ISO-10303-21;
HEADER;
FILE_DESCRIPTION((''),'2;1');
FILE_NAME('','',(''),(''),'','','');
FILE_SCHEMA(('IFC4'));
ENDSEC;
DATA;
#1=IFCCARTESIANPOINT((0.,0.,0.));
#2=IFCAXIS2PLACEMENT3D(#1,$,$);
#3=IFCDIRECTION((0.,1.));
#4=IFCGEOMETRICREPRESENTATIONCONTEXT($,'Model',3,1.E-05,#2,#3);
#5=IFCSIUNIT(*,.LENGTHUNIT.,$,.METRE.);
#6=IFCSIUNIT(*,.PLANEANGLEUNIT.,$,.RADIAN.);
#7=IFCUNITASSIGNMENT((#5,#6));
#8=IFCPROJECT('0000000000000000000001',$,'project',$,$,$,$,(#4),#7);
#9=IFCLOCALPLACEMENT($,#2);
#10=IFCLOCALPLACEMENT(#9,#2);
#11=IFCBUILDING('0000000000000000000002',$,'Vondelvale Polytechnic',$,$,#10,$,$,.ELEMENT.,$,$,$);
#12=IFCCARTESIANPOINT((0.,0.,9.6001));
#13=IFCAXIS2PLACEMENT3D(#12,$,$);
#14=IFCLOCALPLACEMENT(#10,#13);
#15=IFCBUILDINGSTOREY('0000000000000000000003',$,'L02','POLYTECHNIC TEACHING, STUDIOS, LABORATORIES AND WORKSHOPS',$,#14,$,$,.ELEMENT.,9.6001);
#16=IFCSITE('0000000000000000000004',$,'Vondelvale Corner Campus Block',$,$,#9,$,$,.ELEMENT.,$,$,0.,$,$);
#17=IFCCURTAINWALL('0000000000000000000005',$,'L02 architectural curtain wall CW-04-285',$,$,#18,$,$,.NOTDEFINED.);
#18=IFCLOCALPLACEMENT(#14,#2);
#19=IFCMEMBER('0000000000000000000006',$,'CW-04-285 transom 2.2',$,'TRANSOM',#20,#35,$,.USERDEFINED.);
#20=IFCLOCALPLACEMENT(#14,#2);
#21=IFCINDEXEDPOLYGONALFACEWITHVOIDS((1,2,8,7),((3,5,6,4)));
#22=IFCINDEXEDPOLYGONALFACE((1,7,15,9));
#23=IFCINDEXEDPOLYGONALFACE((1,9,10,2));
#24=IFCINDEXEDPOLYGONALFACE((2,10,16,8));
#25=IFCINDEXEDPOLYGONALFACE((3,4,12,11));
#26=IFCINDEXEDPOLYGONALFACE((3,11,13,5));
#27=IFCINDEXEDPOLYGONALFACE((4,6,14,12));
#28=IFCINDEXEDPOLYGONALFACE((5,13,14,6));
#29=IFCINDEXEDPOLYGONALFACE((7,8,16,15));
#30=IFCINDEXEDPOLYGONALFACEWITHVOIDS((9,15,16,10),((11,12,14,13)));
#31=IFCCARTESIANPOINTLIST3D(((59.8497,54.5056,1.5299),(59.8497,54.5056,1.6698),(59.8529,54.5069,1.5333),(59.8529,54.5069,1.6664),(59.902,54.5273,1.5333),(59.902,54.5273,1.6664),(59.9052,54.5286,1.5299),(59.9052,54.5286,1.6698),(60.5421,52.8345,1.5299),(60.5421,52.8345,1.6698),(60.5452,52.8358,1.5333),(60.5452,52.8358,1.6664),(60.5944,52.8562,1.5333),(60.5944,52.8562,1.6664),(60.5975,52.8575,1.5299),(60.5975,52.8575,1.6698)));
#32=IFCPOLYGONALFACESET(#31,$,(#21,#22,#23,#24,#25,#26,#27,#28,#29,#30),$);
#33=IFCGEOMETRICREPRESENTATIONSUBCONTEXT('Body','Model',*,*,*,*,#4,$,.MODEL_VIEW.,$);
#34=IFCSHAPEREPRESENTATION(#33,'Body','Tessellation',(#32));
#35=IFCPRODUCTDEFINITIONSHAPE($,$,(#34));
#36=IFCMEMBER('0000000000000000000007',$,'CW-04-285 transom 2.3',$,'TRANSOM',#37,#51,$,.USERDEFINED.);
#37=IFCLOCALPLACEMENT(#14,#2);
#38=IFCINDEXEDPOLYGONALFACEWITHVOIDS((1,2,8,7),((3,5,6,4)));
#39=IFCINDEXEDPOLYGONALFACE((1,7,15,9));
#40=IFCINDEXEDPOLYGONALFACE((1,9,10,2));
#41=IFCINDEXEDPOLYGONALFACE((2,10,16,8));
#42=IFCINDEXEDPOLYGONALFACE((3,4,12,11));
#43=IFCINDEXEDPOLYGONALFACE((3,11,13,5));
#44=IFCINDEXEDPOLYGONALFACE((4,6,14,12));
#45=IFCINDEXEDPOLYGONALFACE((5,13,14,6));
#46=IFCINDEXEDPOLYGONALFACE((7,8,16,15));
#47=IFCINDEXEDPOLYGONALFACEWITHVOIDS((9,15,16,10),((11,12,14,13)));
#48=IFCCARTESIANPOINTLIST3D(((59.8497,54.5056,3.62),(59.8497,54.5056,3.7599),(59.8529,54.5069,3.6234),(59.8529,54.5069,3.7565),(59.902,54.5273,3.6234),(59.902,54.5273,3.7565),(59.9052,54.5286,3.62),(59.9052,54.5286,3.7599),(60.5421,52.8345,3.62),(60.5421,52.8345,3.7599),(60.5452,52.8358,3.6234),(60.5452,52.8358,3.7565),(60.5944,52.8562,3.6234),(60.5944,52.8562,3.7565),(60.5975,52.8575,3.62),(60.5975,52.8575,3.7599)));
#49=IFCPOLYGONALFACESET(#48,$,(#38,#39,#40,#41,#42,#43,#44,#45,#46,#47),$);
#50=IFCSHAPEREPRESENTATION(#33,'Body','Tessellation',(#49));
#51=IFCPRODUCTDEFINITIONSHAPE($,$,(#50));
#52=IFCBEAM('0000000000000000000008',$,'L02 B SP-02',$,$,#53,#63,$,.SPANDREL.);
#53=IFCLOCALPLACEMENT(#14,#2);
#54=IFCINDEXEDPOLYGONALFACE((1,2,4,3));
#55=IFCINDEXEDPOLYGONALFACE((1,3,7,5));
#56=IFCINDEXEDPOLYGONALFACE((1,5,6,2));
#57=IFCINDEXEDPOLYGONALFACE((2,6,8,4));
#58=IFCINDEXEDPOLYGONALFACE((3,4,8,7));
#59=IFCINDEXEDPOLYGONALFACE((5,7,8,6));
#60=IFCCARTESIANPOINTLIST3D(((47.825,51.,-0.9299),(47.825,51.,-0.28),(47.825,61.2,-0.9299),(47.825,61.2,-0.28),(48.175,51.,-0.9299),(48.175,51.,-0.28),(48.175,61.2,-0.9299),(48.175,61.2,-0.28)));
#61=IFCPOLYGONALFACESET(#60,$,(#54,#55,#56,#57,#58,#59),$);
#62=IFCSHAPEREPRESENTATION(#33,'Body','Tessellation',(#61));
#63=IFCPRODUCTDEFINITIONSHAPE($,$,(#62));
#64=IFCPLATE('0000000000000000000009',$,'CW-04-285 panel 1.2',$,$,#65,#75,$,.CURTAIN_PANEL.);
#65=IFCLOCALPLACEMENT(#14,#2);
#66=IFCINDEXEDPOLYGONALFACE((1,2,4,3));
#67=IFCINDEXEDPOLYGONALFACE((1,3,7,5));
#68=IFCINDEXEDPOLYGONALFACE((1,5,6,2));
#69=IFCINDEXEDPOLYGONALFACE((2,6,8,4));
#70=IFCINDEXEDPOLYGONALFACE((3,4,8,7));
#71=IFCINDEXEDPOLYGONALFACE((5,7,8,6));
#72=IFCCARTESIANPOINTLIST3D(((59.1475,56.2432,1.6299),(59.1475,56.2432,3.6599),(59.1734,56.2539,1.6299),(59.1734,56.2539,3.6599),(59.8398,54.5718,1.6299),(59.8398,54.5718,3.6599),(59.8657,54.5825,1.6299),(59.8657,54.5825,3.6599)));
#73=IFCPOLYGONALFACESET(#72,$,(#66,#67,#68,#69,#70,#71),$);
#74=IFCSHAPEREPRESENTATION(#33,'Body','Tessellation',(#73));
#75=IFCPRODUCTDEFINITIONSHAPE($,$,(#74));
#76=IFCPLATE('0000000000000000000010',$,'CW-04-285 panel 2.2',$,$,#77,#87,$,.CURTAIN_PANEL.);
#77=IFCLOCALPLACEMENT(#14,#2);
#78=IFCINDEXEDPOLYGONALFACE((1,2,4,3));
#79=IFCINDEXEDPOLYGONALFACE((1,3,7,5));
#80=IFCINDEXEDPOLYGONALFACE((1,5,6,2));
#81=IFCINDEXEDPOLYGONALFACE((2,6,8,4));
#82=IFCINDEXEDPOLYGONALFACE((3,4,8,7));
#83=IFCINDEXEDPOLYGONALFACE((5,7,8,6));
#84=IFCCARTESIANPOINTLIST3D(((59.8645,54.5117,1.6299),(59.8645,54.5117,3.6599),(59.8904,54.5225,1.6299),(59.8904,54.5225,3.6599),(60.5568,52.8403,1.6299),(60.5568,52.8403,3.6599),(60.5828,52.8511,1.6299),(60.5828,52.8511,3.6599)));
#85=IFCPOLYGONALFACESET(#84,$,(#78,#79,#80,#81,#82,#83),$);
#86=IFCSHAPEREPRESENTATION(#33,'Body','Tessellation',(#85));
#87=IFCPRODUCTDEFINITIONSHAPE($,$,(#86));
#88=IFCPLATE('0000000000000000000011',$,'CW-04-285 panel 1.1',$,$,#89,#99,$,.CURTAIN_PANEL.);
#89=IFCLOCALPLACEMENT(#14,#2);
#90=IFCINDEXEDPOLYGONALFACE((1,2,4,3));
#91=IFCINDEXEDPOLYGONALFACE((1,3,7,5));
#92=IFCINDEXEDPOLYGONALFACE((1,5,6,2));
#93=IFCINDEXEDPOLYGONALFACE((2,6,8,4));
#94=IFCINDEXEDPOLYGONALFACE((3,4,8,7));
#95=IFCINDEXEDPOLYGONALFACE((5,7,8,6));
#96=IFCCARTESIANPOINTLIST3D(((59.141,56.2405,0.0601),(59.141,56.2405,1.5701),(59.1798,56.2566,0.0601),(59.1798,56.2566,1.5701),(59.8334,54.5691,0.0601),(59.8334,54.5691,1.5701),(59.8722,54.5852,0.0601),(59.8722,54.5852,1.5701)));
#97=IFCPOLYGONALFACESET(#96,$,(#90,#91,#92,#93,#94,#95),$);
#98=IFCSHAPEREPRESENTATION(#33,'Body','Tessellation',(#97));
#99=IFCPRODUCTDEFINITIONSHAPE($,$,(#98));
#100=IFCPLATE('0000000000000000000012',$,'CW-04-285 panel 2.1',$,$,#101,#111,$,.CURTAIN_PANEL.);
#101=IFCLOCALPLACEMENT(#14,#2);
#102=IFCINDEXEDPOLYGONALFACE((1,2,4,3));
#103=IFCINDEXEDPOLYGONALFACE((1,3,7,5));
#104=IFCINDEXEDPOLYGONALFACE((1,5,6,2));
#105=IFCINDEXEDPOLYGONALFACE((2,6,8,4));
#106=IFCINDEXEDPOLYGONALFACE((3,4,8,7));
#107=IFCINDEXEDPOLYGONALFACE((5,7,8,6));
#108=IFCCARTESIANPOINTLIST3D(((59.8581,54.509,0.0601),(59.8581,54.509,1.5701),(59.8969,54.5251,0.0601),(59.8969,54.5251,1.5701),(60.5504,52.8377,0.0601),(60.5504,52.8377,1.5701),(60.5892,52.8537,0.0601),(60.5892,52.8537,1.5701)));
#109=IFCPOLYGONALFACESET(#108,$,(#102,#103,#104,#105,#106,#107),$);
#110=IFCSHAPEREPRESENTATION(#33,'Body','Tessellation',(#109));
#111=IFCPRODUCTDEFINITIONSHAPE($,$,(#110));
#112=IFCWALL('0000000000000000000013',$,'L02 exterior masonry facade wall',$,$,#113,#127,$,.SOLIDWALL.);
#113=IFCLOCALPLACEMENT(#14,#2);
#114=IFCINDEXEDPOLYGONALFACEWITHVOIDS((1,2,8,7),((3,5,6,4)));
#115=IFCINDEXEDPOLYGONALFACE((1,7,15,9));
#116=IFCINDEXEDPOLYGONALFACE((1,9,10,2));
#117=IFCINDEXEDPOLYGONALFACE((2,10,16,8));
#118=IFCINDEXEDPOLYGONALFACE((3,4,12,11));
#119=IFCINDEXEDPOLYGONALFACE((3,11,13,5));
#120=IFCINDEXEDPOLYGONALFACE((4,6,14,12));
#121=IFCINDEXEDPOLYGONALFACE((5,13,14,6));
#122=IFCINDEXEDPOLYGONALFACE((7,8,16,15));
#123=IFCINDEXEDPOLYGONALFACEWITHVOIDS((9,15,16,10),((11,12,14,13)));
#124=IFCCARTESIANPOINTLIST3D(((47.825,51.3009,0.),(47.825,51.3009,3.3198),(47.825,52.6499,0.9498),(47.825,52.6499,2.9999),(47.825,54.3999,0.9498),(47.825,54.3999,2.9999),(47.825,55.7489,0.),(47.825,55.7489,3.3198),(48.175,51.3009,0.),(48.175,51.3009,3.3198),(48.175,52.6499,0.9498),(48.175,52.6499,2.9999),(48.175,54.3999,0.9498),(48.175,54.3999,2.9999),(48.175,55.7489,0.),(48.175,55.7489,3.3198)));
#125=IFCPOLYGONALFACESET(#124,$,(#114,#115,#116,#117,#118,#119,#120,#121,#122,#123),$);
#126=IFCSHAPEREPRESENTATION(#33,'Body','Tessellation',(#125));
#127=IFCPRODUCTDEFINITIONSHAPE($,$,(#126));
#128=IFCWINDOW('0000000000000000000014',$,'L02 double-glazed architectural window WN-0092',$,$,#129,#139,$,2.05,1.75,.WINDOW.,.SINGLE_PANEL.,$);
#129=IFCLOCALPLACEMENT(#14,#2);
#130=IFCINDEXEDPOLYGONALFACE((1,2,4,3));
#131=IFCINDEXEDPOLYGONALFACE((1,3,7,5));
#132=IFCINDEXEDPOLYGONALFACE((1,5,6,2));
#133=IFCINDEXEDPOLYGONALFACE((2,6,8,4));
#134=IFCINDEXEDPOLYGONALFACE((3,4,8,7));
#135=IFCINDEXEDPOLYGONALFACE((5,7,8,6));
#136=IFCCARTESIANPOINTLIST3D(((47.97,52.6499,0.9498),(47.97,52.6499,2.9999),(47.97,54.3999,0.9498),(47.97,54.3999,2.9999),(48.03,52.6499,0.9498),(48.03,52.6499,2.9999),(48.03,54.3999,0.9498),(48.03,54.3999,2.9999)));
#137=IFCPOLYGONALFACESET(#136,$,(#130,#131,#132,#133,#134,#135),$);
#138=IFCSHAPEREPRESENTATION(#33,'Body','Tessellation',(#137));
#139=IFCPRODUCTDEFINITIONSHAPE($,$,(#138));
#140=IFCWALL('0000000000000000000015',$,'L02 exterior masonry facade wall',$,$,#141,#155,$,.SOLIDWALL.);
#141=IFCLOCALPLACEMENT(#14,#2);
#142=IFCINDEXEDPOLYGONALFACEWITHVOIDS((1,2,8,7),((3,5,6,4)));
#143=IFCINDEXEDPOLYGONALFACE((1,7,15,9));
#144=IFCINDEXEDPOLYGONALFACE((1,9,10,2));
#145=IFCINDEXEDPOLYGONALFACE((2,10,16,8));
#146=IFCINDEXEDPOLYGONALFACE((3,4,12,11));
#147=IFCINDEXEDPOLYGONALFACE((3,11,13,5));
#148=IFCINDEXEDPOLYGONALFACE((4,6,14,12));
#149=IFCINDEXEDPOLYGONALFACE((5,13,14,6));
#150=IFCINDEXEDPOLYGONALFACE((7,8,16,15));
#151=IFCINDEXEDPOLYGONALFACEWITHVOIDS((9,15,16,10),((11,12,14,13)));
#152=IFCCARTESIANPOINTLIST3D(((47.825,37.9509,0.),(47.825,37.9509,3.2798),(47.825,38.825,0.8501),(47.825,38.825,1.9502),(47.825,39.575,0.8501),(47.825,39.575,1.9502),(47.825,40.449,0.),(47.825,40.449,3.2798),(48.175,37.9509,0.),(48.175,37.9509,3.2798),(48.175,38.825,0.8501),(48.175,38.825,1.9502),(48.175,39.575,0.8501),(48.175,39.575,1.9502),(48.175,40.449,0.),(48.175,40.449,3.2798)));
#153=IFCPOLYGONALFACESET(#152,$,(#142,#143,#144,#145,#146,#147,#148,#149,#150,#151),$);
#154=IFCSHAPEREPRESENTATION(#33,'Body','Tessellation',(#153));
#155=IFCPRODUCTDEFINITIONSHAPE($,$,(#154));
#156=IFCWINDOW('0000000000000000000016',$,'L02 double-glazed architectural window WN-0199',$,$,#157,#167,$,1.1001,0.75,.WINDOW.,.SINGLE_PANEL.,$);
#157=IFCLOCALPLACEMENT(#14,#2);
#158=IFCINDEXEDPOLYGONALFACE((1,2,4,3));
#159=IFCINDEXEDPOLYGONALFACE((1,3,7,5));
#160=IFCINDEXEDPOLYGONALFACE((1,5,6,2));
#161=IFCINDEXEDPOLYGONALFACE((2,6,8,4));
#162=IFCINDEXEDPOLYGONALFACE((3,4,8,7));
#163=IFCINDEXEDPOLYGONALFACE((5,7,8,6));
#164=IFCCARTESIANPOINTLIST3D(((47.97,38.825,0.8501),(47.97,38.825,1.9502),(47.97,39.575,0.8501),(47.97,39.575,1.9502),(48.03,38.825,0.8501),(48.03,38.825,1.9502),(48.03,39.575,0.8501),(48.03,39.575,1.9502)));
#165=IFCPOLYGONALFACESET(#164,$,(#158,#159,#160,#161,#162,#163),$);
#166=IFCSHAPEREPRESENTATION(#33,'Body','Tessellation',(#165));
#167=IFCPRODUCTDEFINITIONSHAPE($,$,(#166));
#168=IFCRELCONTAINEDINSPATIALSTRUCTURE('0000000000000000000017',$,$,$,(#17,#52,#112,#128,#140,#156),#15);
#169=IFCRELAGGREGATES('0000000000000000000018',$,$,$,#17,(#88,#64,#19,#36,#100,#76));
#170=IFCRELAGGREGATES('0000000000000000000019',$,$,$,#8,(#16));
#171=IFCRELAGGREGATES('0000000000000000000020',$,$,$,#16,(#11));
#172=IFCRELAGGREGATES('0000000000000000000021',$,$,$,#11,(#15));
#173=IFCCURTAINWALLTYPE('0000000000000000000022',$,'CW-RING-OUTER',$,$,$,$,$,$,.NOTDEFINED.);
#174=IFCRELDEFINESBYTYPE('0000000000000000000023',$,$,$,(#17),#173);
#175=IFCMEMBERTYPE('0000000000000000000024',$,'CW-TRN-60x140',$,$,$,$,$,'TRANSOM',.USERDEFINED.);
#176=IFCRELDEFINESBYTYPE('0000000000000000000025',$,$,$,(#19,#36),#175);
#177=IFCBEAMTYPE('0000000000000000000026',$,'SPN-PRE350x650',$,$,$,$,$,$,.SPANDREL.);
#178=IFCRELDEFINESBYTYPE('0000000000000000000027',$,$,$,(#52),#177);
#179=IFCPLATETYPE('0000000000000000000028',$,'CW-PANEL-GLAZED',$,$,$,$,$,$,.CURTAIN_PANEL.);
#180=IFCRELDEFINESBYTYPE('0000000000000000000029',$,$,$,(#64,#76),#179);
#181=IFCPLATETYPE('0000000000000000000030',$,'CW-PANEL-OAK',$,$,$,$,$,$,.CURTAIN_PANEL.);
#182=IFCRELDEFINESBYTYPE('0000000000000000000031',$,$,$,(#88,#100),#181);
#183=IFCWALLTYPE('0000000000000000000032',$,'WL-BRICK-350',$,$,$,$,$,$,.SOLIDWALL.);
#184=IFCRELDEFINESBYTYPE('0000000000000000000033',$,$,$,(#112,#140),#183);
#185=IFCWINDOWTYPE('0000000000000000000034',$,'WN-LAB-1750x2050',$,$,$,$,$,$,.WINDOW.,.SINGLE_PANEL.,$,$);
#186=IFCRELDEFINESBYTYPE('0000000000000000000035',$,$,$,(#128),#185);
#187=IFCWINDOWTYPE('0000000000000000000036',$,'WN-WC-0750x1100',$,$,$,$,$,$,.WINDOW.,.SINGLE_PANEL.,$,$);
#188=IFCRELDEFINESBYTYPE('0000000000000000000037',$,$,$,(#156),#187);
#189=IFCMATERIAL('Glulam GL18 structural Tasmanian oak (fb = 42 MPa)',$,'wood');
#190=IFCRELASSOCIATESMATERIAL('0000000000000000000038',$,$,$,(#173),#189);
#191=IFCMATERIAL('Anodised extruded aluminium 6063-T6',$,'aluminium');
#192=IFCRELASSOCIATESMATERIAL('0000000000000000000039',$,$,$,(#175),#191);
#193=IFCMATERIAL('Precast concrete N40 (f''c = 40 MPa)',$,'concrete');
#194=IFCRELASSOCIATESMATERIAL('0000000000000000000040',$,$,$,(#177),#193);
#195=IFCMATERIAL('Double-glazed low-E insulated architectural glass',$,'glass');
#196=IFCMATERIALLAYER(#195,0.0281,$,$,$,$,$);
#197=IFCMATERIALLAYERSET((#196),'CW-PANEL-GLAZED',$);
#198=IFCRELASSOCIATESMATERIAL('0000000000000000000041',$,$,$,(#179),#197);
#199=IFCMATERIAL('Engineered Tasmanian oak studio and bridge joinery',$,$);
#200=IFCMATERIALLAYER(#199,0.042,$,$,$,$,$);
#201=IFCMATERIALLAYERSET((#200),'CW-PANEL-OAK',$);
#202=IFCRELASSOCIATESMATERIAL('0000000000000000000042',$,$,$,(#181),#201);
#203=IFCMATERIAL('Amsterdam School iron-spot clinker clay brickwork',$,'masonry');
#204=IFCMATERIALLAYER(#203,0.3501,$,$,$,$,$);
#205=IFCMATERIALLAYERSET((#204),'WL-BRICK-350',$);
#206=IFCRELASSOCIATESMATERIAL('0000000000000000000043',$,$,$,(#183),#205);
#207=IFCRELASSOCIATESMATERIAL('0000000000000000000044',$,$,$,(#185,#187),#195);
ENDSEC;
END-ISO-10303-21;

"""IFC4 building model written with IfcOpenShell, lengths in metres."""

from ifc_helpers import new_model, si_unit, direction, frame, frame_2d, origin, origin_2d, place, context, subcontext, project, spatial, rectangle, hollow_rectangle, extrude, material, layer, layer_set, material_profile, profile_set, type_object, element, fill, aggregate, save


model = new_model("IFC4")

# Units and contexts
model_context = context("Model", 3, precision=1e-05, world=origin(), true_north=direction((0.0, 1.0)))
body_context = subcontext(model_context, "Body", "Model", "MODEL_VIEW")
ifc_project = project(units=[si_unit("LENGTHUNIT", "METRE"), si_unit("PLANEANGLEUNIT", "RADIAN")], contexts=[model_context])

# Site, building, storey
site_placement = place(None, origin())
site = spatial("IfcSite", under=ifc_project, at=site_placement, Name="Vondelvale Corner Campus Block", CompositionType="ELEMENT", RefElevation=0.0)
building_placement = place(site_placement, origin())
building = spatial("IfcBuilding", under=site, at=building_placement, Name="Vondelvale Polytechnic", CompositionType="ELEMENT")
storey_placement = place(building_placement, frame((0.0, 0.0, 9.6001)))
storey = spatial("IfcBuildingStorey", under=building, at=storey_placement, Name="L02", Description="POLYTECHNIC TEACHING, STUDIOS, LABORATORIES AND WORKSHOPS", CompositionType="ELEMENT", Elevation=9.6001)

# Shared definitions
ifc_material_1 = material(Name="Glulam GL18 structural Tasmanian oak (fb = 42 MPa)", Category="wood")

# Curtain wall, members
curtain_wall_type = type_object("IfcCurtainWallType", Name="CW-RING-OUTER", PredefinedType="NOTDEFINED", material=ifc_material_1)
curtain_wall_placement = place(storey_placement, origin())
curtain_wall = element("IfcCurtainWall", 1, at=curtain_wall_placement, inside=storey, type_object=curtain_wall_type, Name="L02 architectural curtain wall CW-04-285", PredefinedType="NOTDEFINED")
ifc_material_2 = material(Name="Anodised extruded aluminium 6063-T6", Category="aluminium")
ifc_material_profile_1 = material_profile(ifc_material_2, hollow_rectangle(XDim=0.0601, YDim=0.1399, WallThickness=0.0034, at=origin_2d()), Name="CW-TRN-140x60")
ifc_profile_set_1 = profile_set([ifc_material_profile_1], Name="Anodised extruded aluminium 6063-T6")
member_type_1 = type_object("IfcMemberType", Name="CW-TRN-60x140", ElementType="TRANSOM", PredefinedType="USERDEFINED", material=ifc_profile_set_1)
member_1_placement = place(storey_placement, frame((59.8774, 54.5171, 1.5999), z_axis=(0.382765, -0.923846, 0.0), x_axis=(0.923846, 0.382765, 0.0)))
member_1 = element("IfcMember", 2, at=member_1_placement, type_object=member_type_1, Name="CW-04-285 transom 2.2", ObjectType="TRANSOM", PredefinedType="USERDEFINED", context=body_context, shape_type="SweptSolid", body=[
    extrude(hollow_rectangle(XDim=0.0601, YDim=0.1399, WallThickness=0.0034, at=origin_2d()), origin(), (0.0, 0.0, 1.0), 1.8088),
])
member_2_placement = place(storey_placement, frame((59.8774, 54.5171, 3.6899), z_axis=(0.382765, -0.923846, 0.0), x_axis=(0.923846, 0.382765, 0.0)))
member_2 = element("IfcMember", 3, at=member_2_placement, type_object=member_type_1, Name="CW-04-285 transom 2.3", ObjectType="TRANSOM", PredefinedType="USERDEFINED", context=body_context, shape_type="SweptSolid", body=[
    extrude(hollow_rectangle(XDim=0.0601, YDim=0.1399, WallThickness=0.0034, at=origin_2d()), origin(), (0.0, 0.0, 1.0), 1.8088),
])

# Beam
ifc_material_3 = material(Name="Precast concrete N40 (f'c = 40 MPa)", Category="concrete")
ifc_material_profile_2 = material_profile(ifc_material_3, rectangle(XDim=0.3501, YDim=0.6499, at=origin_2d()), Name="RC-SPN-350x650")
ifc_profile_set_2 = profile_set([ifc_material_profile_2], Name="Precast concrete N40 (f'c = 40 MPa)")
beam_type = type_object("IfcBeamType", Name="SPN-PRE350x650", PredefinedType="SPANDREL", material=ifc_profile_set_2)
beam_placement = place(storey_placement, frame((48.0, 51.0, -0.605), z_axis=(0.0, 1.0, 0.0), x_axis=(-1.0, 0.0, 0.0)))
element("IfcBeam", 4, at=beam_placement, inside=storey, type_object=beam_type, Name="L02 B SP-02", PredefinedType="SPANDREL", context=body_context, shape_type="SweptSolid", body=[
    extrude(rectangle(XDim=0.3501, YDim=0.6499, at=origin_2d()), origin(), (0.0, 0.0, 1.0), 10.2),
])

# Plates
ifc_material_4 = material(Name="Double-glazed low-E insulated architectural glass", Category="glass")
ifc_layer_1 = layer(ifc_material_4, 0.0281)
ifc_layer_set_1 = layer_set([ifc_layer_1], Name="CW-PANEL-GLAZED")
plate_type_1 = type_object("IfcPlateType", Name="CW-PANEL-GLAZED", PredefinedType="CURTAIN_PANEL", material=ifc_layer_set_1)
plate_1_placement = place(storey_placement, frame((59.5066, 55.4128, 1.6299), z_axis=(0.0, 0.0, 1.0), x_axis=(0.382695, -0.923875, 0.0)))
plate_1 = element("IfcPlate", 5, at=plate_1_placement, type_object=plate_type_1, Name="CW-04-285 panel 1.2", PredefinedType="CURTAIN_PANEL", context=body_context, shape_type="SweptSolid", body=[
    extrude(rectangle(XDim=1.8091, YDim=0.0281, at=origin_2d()), origin(), (0.0, 0.0, 1.0), 2.03),
])
plate_2_placement = place(storey_placement, frame((60.2236, 53.6814, 1.6299), z_axis=(0.0, 0.0, 1.0), x_axis=(0.382695, -0.923875, 0.0)))
plate_2 = element("IfcPlate", 6, at=plate_2_placement, type_object=plate_type_1, Name="CW-04-285 panel 2.2", PredefinedType="CURTAIN_PANEL", context=body_context, shape_type="SweptSolid", body=[
    extrude(rectangle(XDim=1.8091, YDim=0.0281, at=origin_2d()), origin(), (0.0, 0.0, 1.0), 2.03),
])
ifc_material_5 = material(Name="Engineered Tasmanian oak studio and bridge joinery")
ifc_layer_2 = layer(ifc_material_5, 0.042)
ifc_layer_set_2 = layer_set([ifc_layer_2], Name="CW-PANEL-OAK")
plate_type_2 = type_object("IfcPlateType", Name="CW-PANEL-OAK", PredefinedType="CURTAIN_PANEL", material=ifc_layer_set_2)
plate_3_placement = place(storey_placement, frame((59.5066, 55.4128, 0.0601), z_axis=(0.0, 0.0, 1.0), x_axis=(0.382695, -0.923875, 0.0)))
plate_3 = element("IfcPlate", 7, at=plate_3_placement, type_object=plate_type_2, Name="CW-04-285 panel 1.1", PredefinedType="CURTAIN_PANEL", context=body_context, shape_type="SweptSolid", body=[
    extrude(rectangle(XDim=1.8091, YDim=0.042, at=origin_2d()), origin(), (0.0, 0.0, 1.0), 1.51),
])
plate_4_placement = place(storey_placement, frame((60.2236, 53.6814, 0.0601), z_axis=(0.0, 0.0, 1.0), x_axis=(0.382695, -0.923875, 0.0)))
plate_4 = element("IfcPlate", 8, at=plate_4_placement, type_object=plate_type_2, Name="CW-04-285 panel 2.1", PredefinedType="CURTAIN_PANEL", context=body_context, shape_type="SweptSolid", body=[
    extrude(rectangle(XDim=1.8091, YDim=0.042, at=origin_2d()), origin(), (0.0, 0.0, 1.0), 1.51),
])
aggregate(curtain_wall, [plate_3, plate_1, member_1, member_2, plate_4, plate_2])

# Walls, openings, windows
ifc_material_6 = material(Name="Amsterdam School iron-spot clinker clay brickwork", Category="masonry")
ifc_layer_3 = layer(ifc_material_6, 0.3501)
ifc_layer_set_3 = layer_set([ifc_layer_3], Name="WL-BRICK-350")
wall_type = type_object("IfcWallType", Name="WL-BRICK-350", PredefinedType="SOLIDWALL", material=ifc_layer_set_3)
wall_1_placement = place(storey_placement, frame((48.0, 55.749, 0.0), z_axis=(0.0, 0.0, 1.0), x_axis=(0.0, -1.0, 0.0)))
wall_1 = element("IfcWall", 9, at=wall_1_placement, inside=storey, type_object=wall_type, Name="L02 exterior masonry facade wall", PredefinedType="SOLIDWALL", context=body_context, shape_type="SweptSolid", body=[
    extrude(rectangle(XDim=4.448, YDim=0.3501, at=frame_2d((2.2241, 0.0))), origin(), (0.0, 0.0, 1.0), 3.3198),
])
opening_1_placement = place(wall_1_placement, frame((1.3491, 0.0, 0.95)))
opening_1 = element("IfcOpeningElement", 10, at=opening_1_placement, cuts=wall_1, PredefinedType="OPENING", context=body_context, shape_type="SweptSolid", body=[
    extrude(rectangle(XDim=1.75, YDim=2.05, at=frame_2d((0.875, 1.0249))), frame((0.0, 0.1851, 0.0), z_axis=(0.0, -1.0, 0.0), x_axis=(1.0, 0.0, 0.0)), (0.0, 0.0, 1.0), 0.3701),
])
window_type_1 = type_object("IfcWindowType", Name="WN-LAB-1750x2050", PartitioningType="SINGLE_PANEL", PredefinedType="WINDOW", material=ifc_material_4)
window_1_placement = place(opening_1_placement, origin())
window_1 = element("IfcWindow", 11, at=window_1_placement, inside=storey, type_object=window_type_1, Name="L02 double-glazed architectural window WN-0092", OverallHeight=2.05, OverallWidth=1.75, PartitioningType="SINGLE_PANEL", PredefinedType="WINDOW", context=body_context, shape_type="SweptSolid", body=[
    extrude(rectangle(XDim=1.75, YDim=2.05, at=frame_2d((0.875, 1.0249))), frame((0.0, 0.03, 0.0), z_axis=(0.0, -1.0, 0.0), x_axis=(1.0, 0.0, 0.0)), (0.0, 0.0, 1.0), 0.0601),
])
fill(opening_1, window_1)
wall_2_placement = place(storey_placement, frame((48.0, 40.449, 0.0), z_axis=(0.0, 0.0, 1.0), x_axis=(0.0, -1.0, 0.0)))
wall_2 = element("IfcWall", 12, at=wall_2_placement, inside=storey, type_object=wall_type, Name="L02 exterior masonry facade wall", PredefinedType="SOLIDWALL", context=body_context, shape_type="SweptSolid", body=[
    extrude(rectangle(XDim=2.498, YDim=0.3501, at=frame_2d((1.249, 0.0))), origin(), (0.0, 0.0, 1.0), 3.2798),
])
opening_2_placement = place(wall_2_placement, frame((0.874, 0.0, 0.8501)))
opening_2 = element("IfcOpeningElement", 13, at=opening_2_placement, cuts=wall_2, PredefinedType="OPENING", context=body_context, shape_type="SweptSolid", body=[
    extrude(rectangle(XDim=0.75, YDim=1.1001, at=frame_2d((0.375, 0.55))), frame((0.0, 0.1851, 0.0), z_axis=(0.0, -1.0, 0.0), x_axis=(1.0, 0.0, 0.0)), (0.0, 0.0, 1.0), 0.3701),
])
window_type_2 = type_object("IfcWindowType", Name="WN-WC-0750x1100", PartitioningType="SINGLE_PANEL", PredefinedType="WINDOW", material=ifc_material_4)
window_2_placement = place(opening_2_placement, origin())
window_2 = element("IfcWindow", 14, at=window_2_placement, inside=storey, type_object=window_type_2, Name="L02 double-glazed architectural window WN-0199", OverallHeight=1.1001, OverallWidth=0.75, PartitioningType="SINGLE_PANEL", PredefinedType="WINDOW", context=body_context, shape_type="SweptSolid", body=[
    extrude(rectangle(XDim=0.75, YDim=1.1001, at=frame_2d((0.375, 0.55))), frame((0.0, 0.03, 0.0), z_axis=(0.0, -1.0, 0.0), x_axis=(1.0, 0.0, 0.0)), (0.0, 0.0, 1.0), 0.0601),
])
fill(opening_2, window_2)

save(model, "model.ifc")
